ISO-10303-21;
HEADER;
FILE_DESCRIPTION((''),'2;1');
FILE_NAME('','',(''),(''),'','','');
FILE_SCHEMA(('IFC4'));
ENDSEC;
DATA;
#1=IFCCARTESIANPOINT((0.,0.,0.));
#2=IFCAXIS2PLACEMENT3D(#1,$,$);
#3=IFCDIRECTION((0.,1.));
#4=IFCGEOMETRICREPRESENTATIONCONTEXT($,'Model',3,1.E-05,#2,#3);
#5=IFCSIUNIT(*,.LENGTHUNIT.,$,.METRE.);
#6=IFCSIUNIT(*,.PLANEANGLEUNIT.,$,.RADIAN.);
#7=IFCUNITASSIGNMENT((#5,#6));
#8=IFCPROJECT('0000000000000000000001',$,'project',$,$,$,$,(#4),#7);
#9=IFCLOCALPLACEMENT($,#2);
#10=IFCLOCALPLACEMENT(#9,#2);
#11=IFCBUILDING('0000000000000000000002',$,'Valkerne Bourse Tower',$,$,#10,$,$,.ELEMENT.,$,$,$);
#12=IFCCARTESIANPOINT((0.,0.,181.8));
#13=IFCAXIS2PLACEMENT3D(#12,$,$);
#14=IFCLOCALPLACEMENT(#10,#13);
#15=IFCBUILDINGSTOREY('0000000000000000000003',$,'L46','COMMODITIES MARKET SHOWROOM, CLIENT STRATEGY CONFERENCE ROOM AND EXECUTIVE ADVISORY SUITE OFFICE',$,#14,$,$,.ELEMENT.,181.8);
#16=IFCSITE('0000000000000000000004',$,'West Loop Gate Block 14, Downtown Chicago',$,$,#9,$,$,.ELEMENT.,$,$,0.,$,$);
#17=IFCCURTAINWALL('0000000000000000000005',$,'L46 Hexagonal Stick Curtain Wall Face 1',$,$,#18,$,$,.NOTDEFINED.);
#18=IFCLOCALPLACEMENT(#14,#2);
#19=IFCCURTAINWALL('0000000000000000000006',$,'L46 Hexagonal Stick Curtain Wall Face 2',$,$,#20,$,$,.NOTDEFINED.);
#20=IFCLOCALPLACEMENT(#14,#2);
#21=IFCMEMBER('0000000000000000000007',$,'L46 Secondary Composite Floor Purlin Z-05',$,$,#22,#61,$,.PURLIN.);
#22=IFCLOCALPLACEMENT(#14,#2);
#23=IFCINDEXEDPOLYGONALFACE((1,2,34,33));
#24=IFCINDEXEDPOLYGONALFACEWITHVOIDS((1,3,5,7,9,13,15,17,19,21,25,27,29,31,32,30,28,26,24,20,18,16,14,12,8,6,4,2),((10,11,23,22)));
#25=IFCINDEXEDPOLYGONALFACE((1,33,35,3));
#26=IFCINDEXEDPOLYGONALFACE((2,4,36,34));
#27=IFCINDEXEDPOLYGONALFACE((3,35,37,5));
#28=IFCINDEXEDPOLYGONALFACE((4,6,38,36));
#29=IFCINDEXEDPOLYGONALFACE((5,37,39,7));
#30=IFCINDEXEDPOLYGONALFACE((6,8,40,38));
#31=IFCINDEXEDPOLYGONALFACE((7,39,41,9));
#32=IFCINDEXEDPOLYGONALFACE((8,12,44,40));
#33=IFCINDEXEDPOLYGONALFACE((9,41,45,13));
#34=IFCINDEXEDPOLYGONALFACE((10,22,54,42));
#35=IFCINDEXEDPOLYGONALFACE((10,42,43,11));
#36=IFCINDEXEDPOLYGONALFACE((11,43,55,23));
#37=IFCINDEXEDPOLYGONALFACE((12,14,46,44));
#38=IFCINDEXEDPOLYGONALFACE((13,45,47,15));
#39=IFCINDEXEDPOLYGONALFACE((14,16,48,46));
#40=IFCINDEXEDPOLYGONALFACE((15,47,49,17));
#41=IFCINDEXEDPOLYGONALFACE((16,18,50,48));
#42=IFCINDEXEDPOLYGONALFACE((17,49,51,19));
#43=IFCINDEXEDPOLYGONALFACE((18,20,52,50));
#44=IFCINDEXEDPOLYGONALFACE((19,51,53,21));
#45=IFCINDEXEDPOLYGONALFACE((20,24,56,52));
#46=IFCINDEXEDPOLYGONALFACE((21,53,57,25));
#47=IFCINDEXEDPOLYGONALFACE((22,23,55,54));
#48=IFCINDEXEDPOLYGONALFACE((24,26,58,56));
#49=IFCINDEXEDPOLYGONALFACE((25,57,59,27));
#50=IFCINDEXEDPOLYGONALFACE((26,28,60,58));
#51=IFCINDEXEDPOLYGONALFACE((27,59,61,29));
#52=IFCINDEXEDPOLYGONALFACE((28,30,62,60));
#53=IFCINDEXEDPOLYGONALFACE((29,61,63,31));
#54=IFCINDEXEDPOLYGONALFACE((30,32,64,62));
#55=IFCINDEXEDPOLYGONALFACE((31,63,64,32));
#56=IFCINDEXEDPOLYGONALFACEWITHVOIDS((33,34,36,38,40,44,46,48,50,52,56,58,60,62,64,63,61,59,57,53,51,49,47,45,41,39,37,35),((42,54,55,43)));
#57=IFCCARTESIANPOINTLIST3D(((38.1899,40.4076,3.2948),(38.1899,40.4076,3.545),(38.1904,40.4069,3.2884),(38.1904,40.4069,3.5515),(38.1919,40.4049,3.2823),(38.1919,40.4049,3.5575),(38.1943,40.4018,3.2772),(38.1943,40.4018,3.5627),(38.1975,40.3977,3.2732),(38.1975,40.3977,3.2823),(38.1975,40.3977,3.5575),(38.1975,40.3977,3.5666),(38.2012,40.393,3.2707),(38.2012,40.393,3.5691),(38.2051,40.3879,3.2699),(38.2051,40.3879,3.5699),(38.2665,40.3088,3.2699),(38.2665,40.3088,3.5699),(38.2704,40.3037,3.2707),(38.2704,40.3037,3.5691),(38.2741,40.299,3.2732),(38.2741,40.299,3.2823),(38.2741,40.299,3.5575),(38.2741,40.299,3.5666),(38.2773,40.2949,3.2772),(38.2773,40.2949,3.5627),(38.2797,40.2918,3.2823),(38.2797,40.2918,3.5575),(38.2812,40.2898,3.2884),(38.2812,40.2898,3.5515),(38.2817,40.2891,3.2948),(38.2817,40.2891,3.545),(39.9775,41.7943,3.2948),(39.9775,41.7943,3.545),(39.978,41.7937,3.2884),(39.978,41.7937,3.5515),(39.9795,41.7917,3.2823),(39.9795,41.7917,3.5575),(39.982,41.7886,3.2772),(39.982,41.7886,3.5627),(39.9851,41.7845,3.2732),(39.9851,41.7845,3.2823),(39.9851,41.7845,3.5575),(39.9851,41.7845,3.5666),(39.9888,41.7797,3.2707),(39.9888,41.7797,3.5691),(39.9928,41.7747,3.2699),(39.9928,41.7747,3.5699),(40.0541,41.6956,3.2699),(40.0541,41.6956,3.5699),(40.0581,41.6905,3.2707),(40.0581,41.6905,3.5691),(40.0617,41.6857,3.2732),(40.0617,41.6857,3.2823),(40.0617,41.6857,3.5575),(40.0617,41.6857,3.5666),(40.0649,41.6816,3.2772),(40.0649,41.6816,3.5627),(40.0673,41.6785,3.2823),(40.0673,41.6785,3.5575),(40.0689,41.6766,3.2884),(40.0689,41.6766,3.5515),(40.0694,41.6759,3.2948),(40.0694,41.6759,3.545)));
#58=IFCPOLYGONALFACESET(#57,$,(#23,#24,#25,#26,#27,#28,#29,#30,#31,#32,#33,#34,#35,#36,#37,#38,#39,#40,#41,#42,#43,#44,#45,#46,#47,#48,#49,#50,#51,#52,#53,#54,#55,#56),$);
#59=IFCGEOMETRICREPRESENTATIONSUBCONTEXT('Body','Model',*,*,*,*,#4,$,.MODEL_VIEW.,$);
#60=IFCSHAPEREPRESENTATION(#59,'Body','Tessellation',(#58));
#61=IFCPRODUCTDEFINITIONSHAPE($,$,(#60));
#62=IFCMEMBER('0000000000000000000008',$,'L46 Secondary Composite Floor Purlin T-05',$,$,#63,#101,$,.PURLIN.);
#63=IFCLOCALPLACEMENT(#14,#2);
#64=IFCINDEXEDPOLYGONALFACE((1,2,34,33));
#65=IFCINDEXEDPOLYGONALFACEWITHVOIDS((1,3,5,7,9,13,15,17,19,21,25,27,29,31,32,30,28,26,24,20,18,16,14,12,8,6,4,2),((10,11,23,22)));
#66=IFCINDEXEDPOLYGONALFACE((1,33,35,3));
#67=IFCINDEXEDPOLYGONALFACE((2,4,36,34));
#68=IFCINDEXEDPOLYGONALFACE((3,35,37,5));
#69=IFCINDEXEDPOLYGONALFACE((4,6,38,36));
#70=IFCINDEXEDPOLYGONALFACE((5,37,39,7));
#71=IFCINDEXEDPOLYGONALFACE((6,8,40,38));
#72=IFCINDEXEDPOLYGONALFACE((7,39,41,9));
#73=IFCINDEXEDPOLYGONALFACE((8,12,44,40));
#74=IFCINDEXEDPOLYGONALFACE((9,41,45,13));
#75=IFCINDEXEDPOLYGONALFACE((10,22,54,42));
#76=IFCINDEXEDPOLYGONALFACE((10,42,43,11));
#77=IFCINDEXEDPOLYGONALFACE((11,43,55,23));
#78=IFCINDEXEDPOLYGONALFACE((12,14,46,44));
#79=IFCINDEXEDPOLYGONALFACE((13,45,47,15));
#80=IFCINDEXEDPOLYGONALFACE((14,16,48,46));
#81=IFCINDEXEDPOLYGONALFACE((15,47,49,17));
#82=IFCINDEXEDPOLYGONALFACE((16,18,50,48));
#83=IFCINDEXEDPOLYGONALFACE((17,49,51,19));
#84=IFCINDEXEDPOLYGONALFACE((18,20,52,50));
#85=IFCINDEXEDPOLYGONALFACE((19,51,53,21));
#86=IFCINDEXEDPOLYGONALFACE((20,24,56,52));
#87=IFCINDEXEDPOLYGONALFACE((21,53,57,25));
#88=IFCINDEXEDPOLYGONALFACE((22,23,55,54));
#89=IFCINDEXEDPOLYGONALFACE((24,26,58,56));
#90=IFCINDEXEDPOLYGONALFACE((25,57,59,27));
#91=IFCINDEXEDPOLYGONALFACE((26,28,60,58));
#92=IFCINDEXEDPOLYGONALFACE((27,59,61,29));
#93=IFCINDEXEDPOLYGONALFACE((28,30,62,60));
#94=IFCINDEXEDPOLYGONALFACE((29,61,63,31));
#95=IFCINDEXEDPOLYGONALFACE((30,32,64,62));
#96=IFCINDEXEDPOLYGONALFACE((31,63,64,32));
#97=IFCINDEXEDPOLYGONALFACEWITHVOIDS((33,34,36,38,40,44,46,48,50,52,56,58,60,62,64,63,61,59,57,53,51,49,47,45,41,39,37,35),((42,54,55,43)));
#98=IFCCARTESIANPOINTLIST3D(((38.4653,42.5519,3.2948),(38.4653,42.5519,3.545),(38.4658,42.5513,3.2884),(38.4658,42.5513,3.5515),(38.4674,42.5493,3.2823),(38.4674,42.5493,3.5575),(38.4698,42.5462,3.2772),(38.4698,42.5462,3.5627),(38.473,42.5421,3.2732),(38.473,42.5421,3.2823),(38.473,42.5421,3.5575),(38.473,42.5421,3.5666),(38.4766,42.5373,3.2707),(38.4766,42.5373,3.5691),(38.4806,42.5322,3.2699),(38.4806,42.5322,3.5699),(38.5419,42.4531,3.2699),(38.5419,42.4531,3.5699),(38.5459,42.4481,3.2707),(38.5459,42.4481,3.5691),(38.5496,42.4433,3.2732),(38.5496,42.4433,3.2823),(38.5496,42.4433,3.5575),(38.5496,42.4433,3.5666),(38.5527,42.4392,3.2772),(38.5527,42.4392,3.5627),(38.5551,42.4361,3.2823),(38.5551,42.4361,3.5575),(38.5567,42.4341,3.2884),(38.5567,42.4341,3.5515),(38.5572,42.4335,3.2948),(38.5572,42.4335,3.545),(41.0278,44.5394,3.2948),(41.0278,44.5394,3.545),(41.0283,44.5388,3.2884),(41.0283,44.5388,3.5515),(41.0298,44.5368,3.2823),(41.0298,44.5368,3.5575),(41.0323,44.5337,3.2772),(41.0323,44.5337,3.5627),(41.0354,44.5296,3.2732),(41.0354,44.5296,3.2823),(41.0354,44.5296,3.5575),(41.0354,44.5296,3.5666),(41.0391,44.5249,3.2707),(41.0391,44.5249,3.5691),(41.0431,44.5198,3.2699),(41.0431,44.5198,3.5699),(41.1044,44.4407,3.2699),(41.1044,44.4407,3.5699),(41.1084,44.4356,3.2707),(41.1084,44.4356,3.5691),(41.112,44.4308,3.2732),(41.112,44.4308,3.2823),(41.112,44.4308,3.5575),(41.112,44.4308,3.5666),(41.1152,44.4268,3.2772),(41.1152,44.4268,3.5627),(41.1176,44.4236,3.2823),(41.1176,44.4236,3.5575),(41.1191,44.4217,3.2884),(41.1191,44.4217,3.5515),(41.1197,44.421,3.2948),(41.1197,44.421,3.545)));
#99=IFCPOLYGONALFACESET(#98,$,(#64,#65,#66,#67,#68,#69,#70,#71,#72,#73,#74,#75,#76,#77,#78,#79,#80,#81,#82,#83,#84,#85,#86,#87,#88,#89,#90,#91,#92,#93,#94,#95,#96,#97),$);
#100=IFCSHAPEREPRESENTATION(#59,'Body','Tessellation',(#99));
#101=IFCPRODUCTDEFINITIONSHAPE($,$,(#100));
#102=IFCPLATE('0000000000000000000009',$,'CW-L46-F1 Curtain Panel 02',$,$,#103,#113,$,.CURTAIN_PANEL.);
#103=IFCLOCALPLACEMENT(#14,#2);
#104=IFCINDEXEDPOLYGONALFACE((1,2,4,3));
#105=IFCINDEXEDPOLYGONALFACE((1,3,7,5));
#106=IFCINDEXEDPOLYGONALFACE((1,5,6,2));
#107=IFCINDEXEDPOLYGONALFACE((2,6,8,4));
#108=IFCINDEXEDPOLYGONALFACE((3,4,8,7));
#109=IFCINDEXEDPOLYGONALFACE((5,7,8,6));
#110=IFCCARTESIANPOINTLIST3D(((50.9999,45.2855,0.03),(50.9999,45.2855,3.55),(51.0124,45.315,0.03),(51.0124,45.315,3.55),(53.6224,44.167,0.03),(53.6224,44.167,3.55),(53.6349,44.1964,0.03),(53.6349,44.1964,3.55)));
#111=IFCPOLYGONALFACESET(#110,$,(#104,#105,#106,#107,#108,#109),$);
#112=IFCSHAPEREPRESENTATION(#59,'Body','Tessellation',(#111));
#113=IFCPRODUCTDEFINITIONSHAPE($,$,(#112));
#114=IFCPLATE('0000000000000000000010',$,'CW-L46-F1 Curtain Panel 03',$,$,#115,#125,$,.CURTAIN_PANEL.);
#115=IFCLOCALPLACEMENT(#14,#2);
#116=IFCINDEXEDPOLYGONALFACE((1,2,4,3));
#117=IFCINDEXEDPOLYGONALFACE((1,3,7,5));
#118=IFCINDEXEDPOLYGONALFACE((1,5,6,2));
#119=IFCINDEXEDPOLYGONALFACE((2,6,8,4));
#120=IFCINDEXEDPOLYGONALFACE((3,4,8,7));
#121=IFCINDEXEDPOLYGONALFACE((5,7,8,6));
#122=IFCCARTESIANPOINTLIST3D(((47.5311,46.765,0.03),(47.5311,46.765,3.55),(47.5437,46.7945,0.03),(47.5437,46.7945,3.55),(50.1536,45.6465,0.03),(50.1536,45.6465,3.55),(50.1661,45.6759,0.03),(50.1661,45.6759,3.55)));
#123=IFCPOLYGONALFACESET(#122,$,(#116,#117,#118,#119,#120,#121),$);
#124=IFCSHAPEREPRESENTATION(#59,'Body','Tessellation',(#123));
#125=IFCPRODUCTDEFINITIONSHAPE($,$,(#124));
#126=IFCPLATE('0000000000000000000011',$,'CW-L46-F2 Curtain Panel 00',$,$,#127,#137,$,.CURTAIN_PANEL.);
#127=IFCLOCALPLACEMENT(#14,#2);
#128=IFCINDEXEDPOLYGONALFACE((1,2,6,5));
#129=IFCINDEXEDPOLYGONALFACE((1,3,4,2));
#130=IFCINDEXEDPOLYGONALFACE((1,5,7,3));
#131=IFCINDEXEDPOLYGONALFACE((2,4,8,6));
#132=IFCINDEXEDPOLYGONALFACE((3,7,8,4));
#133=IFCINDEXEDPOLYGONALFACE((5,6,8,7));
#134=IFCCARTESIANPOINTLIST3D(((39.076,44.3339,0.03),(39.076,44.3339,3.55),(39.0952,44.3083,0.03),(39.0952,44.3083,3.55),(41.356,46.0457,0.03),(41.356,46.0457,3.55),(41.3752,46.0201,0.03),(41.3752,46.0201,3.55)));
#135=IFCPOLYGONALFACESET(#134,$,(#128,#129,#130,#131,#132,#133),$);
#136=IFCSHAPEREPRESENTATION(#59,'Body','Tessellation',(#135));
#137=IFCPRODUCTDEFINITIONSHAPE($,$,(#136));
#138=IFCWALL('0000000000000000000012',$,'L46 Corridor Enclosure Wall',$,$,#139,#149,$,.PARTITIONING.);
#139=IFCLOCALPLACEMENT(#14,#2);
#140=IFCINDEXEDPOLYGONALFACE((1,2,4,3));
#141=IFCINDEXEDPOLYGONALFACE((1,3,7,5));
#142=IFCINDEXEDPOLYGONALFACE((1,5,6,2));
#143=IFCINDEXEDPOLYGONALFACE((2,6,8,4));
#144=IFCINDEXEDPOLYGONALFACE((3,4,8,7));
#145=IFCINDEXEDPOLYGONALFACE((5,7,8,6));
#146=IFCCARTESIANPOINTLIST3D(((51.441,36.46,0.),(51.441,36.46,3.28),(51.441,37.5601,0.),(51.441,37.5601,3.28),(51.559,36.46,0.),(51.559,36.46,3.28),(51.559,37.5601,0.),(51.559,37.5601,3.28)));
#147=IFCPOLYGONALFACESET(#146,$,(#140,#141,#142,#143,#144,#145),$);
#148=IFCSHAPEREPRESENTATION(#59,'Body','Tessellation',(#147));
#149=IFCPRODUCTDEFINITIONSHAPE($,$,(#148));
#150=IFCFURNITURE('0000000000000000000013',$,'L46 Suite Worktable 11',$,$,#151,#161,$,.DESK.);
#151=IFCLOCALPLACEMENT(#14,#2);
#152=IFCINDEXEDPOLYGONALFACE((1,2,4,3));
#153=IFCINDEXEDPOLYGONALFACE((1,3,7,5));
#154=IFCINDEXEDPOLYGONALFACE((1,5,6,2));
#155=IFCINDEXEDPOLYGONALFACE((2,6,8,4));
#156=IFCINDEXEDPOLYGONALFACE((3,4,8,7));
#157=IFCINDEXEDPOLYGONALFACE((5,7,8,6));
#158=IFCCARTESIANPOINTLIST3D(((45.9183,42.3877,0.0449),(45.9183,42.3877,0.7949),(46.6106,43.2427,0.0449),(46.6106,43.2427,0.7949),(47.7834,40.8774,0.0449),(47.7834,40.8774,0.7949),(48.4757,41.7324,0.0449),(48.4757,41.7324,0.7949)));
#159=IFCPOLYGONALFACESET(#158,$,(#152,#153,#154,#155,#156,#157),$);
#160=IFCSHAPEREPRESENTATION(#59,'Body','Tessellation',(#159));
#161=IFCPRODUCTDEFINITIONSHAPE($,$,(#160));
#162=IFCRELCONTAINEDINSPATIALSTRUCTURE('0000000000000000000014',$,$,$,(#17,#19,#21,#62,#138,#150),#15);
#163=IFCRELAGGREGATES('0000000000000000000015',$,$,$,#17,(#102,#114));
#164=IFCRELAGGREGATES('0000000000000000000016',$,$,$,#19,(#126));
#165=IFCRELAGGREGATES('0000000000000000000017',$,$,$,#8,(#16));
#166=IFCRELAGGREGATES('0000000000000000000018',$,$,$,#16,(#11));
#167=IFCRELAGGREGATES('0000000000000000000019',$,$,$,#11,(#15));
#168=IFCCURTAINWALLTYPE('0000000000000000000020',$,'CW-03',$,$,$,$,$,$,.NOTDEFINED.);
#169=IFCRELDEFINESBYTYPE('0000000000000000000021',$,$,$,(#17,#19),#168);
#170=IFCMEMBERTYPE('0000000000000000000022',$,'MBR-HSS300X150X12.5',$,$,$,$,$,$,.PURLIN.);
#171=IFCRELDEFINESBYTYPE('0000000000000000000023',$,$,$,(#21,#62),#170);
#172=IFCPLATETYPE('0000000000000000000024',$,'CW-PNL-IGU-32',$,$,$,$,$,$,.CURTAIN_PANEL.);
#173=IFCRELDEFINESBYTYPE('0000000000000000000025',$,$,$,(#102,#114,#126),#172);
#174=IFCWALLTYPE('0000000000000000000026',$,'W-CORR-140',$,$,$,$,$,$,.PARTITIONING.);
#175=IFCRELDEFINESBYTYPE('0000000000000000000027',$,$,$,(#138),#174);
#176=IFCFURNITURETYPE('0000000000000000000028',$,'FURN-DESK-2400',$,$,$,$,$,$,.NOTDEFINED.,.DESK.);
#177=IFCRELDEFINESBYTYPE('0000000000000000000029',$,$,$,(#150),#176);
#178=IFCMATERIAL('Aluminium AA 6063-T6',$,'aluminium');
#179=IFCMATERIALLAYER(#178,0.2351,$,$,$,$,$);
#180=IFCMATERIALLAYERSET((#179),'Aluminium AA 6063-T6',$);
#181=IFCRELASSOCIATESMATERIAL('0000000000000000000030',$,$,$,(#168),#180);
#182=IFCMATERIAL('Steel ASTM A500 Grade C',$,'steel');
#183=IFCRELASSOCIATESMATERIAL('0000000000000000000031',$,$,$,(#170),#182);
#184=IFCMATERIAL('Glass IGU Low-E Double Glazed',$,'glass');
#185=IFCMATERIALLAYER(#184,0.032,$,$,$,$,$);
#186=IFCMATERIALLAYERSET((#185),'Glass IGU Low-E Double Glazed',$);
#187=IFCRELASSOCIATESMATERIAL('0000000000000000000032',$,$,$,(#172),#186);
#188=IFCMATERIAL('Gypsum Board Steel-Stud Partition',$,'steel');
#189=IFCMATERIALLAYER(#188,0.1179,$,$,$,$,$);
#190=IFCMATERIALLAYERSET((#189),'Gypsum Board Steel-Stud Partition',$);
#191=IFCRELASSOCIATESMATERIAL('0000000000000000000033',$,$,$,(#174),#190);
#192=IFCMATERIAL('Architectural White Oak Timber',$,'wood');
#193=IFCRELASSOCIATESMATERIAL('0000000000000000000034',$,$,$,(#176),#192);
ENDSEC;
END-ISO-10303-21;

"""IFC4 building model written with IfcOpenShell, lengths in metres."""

from ifc_helpers import new_model, si_unit, direction, frame, frame_2d, origin, origin_2d, place, context, subcontext, project, spatial, rectangle, hollow_rectangle, extrude, material, layer, layer_set, material_profile, profile_set, type_object, element, aggregate, save


model = new_model("IFC4")

# Units and contexts
model_context = context("Model", 3, precision=1e-05, world=origin(), true_north=direction((0.0, 1.0)))
body_context = subcontext(model_context, "Body", "Model", "MODEL_VIEW")
ifc_project = project(units=[si_unit("LENGTHUNIT", "METRE"), si_unit("PLANEANGLEUNIT", "RADIAN")], contexts=[model_context])

# Site, building, storey
site_placement = place(None, origin())
site = spatial("IfcSite", under=ifc_project, at=site_placement, Name="West Loop Gate Block 14, Downtown Chicago", CompositionType="ELEMENT", RefElevation=0.0)
building_placement = place(site_placement, origin())
building = spatial("IfcBuilding", under=site, at=building_placement, Name="Valkerne Bourse Tower", CompositionType="ELEMENT")
storey_placement = place(building_placement, frame((0.0, 0.0, 181.8)))
storey = spatial("IfcBuildingStorey", under=building, at=storey_placement, Name="L46", Description="COMMODITIES MARKET SHOWROOM, CLIENT STRATEGY CONFERENCE ROOM AND EXECUTIVE ADVISORY SUITE OFFICE", CompositionType="ELEMENT", Elevation=181.8)

# Curtain walls
ifc_material_1 = material(Name="Aluminium AA 6063-T6", Category="aluminium")
ifc_layer_1 = layer(ifc_material_1, 0.2351)
ifc_layer_set_1 = layer_set([ifc_layer_1], Name="Aluminium AA 6063-T6")
curtain_wall_type = type_object("IfcCurtainWallType", Name="CW-03", PredefinedType="NOTDEFINED", material=ifc_layer_set_1)
curtain_wall_1_placement = place(storey_placement, origin())
curtain_wall_1 = element("IfcCurtainWall", 1, at=curtain_wall_1_placement, inside=storey, type_object=curtain_wall_type, Name="L46 Hexagonal Stick Curtain Wall Face 1", PredefinedType="NOTDEFINED")
curtain_wall_2_placement = place(storey_placement, origin())
curtain_wall_2 = element("IfcCurtainWall", 2, at=curtain_wall_2_placement, inside=storey, type_object=curtain_wall_type, Name="L46 Hexagonal Stick Curtain Wall Face 2", PredefinedType="NOTDEFINED")

# Members
ifc_material_2 = material(Name="Steel ASTM A500 Grade C", Category="steel")
ifc_material_profile_1 = material_profile(ifc_material_2, hollow_rectangle(XDim=0.1499, YDim=0.3, WallThickness=0.0125, OuterFilletRadius=0.0249, at=origin_2d()), Name="HSS300X150X12.5")
ifc_profile_set_1 = profile_set([ifc_material_profile_1], Name="Steel ASTM A500 Grade C")
member_type_1 = type_object("IfcMemberType", Name="MBR-HSS300X150X12.5", PredefinedType="PURLIN", material=ifc_profile_set_1)
member_1_placement = place(storey_placement, frame((40.0234, 41.7351, 3.4199), z_axis=(-0.79013, -0.612939, 0.0), x_axis=(0.612939, -0.79013, 0.0)))
element("IfcMember", 3, at=member_1_placement, inside=storey, type_object=member_type_1, Name="L46 Secondary Composite Floor Purlin Z-05", PredefinedType="PURLIN", context=body_context, shape_type="SweptSolid", body=[
    extrude(hollow_rectangle(XDim=0.1499, YDim=0.3, WallThickness=0.0125, OuterFilletRadius=0.0249, at=origin_2d()), origin(), (0.0, 0.0, 1.0), 2.2625),
])
member_2_placement = place(storey_placement, frame((41.0737, 44.4802, 3.4199), z_axis=(-0.790174, -0.612882, 0.0), x_axis=(0.612882, -0.790174, 0.0)))
element("IfcMember", 4, at=member_2_placement, inside=storey, type_object=member_type_1, Name="L46 Secondary Composite Floor Purlin T-05", PredefinedType="PURLIN", context=body_context, shape_type="SweptSolid", body=[
    extrude(hollow_rectangle(XDim=0.1499, YDim=0.3, WallThickness=0.0125, OuterFilletRadius=0.0249, at=origin_2d()), origin(), (0.0, 0.0, 1.0), 3.2429),
])

# Plates
ifc_material_3 = material(Name="Glass IGU Low-E Double Glazed", Category="glass")
ifc_layer_2 = layer(ifc_material_3, 0.032)
ifc_layer_set_2 = layer_set([ifc_layer_2], Name="Glass IGU Low-E Double Glazed")
plate_type = type_object("IfcPlateType", Name="CW-PNL-IGU-32", PredefinedType="CURTAIN_PANEL", material=ifc_layer_set_2)
plate_1_placement = place(storey_placement, frame((52.3174, 44.741, 0.03), z_axis=(0.0, 0.0, 1.0), x_axis=(-0.919824, 0.392331, 0.0)))
plate_1 = element("IfcPlate", 5, at=plate_1_placement, type_object=plate_type, Name="CW-L46-F1 Curtain Panel 02", PredefinedType="CURTAIN_PANEL", context=body_context, shape_type="SweptSolid", body=[
    extrude(rectangle(XDim=2.8511, YDim=0.032, at=origin_2d()), origin(), (0.0, 0.0, 1.0), 3.52),
])
plate_2_placement = place(storey_placement, frame((48.8486, 46.2205, 0.03), z_axis=(0.0, 0.0, 1.0), x_axis=(-0.91982, 0.392341, 0.0)))
plate_2 = element("IfcPlate", 6, at=plate_2_placement, type_object=plate_type, Name="CW-L46-F1 Curtain Panel 03", PredefinedType="CURTAIN_PANEL", context=body_context, shape_type="SweptSolid", body=[
    extrude(rectangle(XDim=2.8511, YDim=0.032, at=origin_2d()), origin(), (0.0, 0.0, 1.0), 3.52),
])
aggregate(curtain_wall_1, [plate_1, plate_2])
plate_3_placement = place(storey_placement, frame((40.2256, 45.177, 0.03), z_axis=(0.0, 0.0, 1.0), x_axis=(-0.799691, -0.600411, 0.0)))
plate_3 = element("IfcPlate", 7, at=plate_3_placement, type_object=plate_type, Name="CW-L46-F2 Curtain Panel 00", PredefinedType="CURTAIN_PANEL", context=body_context, shape_type="SweptSolid", body=[
    extrude(rectangle(XDim=2.8511, YDim=0.032, at=origin_2d()), origin(), (0.0, 0.0, 1.0), 3.52),
])
aggregate(curtain_wall_2, [plate_3])

# Wall
ifc_material_4 = material(Name="Gypsum Board Steel-Stud Partition", Category="steel")
ifc_layer_3 = layer(ifc_material_4, 0.1179)
ifc_layer_set_3 = layer_set([ifc_layer_3], Name="Gypsum Board Steel-Stud Partition")
wall_type = type_object("IfcWallType", Name="W-CORR-140", PredefinedType="PARTITIONING", material=ifc_layer_set_3)
wall_placement = place(storey_placement, frame((51.5, 37.5601, 0.0), z_axis=(0.0, 0.0, 1.0), x_axis=(0.0, -1.0, 0.0)))
element("IfcWall", 8, at=wall_placement, inside=storey, type_object=wall_type, Name="L46 Corridor Enclosure Wall", PredefinedType="PARTITIONING", context=body_context, shape_type="SweptSolid", body=[
    extrude(rectangle(XDim=1.1001, YDim=0.1179, at=frame_2d((0.55, 0.0))), origin(), (0.0, 0.0, 1.0), 3.28),
])

# Furniture
ifc_material_5 = material(Name="Architectural White Oak Timber", Category="wood")
furniture_type = type_object("IfcFurnitureType", Name="FURN-DESK-2400", AssemblyPlace="NOTDEFINED", PredefinedType="DESK", material=ifc_material_5)
furniture_placement = place(storey_placement, frame((47.197, 42.0601, 0.0449), z_axis=(0.0, 0.0, 1.0), x_axis=(-0.777146, 0.62932, 0.0)))
element("IfcFurniture", 9, at=furniture_placement, inside=storey, type_object=furniture_type, Name="L46 Suite Worktable 11", PredefinedType="DESK", context=body_context, shape_type="SweptSolid", body=[
    extrude(rectangle(XDim=2.3999, YDim=1.1001, at=origin_2d()), origin(), (0.0, 0.0, 1.0), 0.75),
])

save(model, "model.ifc")
